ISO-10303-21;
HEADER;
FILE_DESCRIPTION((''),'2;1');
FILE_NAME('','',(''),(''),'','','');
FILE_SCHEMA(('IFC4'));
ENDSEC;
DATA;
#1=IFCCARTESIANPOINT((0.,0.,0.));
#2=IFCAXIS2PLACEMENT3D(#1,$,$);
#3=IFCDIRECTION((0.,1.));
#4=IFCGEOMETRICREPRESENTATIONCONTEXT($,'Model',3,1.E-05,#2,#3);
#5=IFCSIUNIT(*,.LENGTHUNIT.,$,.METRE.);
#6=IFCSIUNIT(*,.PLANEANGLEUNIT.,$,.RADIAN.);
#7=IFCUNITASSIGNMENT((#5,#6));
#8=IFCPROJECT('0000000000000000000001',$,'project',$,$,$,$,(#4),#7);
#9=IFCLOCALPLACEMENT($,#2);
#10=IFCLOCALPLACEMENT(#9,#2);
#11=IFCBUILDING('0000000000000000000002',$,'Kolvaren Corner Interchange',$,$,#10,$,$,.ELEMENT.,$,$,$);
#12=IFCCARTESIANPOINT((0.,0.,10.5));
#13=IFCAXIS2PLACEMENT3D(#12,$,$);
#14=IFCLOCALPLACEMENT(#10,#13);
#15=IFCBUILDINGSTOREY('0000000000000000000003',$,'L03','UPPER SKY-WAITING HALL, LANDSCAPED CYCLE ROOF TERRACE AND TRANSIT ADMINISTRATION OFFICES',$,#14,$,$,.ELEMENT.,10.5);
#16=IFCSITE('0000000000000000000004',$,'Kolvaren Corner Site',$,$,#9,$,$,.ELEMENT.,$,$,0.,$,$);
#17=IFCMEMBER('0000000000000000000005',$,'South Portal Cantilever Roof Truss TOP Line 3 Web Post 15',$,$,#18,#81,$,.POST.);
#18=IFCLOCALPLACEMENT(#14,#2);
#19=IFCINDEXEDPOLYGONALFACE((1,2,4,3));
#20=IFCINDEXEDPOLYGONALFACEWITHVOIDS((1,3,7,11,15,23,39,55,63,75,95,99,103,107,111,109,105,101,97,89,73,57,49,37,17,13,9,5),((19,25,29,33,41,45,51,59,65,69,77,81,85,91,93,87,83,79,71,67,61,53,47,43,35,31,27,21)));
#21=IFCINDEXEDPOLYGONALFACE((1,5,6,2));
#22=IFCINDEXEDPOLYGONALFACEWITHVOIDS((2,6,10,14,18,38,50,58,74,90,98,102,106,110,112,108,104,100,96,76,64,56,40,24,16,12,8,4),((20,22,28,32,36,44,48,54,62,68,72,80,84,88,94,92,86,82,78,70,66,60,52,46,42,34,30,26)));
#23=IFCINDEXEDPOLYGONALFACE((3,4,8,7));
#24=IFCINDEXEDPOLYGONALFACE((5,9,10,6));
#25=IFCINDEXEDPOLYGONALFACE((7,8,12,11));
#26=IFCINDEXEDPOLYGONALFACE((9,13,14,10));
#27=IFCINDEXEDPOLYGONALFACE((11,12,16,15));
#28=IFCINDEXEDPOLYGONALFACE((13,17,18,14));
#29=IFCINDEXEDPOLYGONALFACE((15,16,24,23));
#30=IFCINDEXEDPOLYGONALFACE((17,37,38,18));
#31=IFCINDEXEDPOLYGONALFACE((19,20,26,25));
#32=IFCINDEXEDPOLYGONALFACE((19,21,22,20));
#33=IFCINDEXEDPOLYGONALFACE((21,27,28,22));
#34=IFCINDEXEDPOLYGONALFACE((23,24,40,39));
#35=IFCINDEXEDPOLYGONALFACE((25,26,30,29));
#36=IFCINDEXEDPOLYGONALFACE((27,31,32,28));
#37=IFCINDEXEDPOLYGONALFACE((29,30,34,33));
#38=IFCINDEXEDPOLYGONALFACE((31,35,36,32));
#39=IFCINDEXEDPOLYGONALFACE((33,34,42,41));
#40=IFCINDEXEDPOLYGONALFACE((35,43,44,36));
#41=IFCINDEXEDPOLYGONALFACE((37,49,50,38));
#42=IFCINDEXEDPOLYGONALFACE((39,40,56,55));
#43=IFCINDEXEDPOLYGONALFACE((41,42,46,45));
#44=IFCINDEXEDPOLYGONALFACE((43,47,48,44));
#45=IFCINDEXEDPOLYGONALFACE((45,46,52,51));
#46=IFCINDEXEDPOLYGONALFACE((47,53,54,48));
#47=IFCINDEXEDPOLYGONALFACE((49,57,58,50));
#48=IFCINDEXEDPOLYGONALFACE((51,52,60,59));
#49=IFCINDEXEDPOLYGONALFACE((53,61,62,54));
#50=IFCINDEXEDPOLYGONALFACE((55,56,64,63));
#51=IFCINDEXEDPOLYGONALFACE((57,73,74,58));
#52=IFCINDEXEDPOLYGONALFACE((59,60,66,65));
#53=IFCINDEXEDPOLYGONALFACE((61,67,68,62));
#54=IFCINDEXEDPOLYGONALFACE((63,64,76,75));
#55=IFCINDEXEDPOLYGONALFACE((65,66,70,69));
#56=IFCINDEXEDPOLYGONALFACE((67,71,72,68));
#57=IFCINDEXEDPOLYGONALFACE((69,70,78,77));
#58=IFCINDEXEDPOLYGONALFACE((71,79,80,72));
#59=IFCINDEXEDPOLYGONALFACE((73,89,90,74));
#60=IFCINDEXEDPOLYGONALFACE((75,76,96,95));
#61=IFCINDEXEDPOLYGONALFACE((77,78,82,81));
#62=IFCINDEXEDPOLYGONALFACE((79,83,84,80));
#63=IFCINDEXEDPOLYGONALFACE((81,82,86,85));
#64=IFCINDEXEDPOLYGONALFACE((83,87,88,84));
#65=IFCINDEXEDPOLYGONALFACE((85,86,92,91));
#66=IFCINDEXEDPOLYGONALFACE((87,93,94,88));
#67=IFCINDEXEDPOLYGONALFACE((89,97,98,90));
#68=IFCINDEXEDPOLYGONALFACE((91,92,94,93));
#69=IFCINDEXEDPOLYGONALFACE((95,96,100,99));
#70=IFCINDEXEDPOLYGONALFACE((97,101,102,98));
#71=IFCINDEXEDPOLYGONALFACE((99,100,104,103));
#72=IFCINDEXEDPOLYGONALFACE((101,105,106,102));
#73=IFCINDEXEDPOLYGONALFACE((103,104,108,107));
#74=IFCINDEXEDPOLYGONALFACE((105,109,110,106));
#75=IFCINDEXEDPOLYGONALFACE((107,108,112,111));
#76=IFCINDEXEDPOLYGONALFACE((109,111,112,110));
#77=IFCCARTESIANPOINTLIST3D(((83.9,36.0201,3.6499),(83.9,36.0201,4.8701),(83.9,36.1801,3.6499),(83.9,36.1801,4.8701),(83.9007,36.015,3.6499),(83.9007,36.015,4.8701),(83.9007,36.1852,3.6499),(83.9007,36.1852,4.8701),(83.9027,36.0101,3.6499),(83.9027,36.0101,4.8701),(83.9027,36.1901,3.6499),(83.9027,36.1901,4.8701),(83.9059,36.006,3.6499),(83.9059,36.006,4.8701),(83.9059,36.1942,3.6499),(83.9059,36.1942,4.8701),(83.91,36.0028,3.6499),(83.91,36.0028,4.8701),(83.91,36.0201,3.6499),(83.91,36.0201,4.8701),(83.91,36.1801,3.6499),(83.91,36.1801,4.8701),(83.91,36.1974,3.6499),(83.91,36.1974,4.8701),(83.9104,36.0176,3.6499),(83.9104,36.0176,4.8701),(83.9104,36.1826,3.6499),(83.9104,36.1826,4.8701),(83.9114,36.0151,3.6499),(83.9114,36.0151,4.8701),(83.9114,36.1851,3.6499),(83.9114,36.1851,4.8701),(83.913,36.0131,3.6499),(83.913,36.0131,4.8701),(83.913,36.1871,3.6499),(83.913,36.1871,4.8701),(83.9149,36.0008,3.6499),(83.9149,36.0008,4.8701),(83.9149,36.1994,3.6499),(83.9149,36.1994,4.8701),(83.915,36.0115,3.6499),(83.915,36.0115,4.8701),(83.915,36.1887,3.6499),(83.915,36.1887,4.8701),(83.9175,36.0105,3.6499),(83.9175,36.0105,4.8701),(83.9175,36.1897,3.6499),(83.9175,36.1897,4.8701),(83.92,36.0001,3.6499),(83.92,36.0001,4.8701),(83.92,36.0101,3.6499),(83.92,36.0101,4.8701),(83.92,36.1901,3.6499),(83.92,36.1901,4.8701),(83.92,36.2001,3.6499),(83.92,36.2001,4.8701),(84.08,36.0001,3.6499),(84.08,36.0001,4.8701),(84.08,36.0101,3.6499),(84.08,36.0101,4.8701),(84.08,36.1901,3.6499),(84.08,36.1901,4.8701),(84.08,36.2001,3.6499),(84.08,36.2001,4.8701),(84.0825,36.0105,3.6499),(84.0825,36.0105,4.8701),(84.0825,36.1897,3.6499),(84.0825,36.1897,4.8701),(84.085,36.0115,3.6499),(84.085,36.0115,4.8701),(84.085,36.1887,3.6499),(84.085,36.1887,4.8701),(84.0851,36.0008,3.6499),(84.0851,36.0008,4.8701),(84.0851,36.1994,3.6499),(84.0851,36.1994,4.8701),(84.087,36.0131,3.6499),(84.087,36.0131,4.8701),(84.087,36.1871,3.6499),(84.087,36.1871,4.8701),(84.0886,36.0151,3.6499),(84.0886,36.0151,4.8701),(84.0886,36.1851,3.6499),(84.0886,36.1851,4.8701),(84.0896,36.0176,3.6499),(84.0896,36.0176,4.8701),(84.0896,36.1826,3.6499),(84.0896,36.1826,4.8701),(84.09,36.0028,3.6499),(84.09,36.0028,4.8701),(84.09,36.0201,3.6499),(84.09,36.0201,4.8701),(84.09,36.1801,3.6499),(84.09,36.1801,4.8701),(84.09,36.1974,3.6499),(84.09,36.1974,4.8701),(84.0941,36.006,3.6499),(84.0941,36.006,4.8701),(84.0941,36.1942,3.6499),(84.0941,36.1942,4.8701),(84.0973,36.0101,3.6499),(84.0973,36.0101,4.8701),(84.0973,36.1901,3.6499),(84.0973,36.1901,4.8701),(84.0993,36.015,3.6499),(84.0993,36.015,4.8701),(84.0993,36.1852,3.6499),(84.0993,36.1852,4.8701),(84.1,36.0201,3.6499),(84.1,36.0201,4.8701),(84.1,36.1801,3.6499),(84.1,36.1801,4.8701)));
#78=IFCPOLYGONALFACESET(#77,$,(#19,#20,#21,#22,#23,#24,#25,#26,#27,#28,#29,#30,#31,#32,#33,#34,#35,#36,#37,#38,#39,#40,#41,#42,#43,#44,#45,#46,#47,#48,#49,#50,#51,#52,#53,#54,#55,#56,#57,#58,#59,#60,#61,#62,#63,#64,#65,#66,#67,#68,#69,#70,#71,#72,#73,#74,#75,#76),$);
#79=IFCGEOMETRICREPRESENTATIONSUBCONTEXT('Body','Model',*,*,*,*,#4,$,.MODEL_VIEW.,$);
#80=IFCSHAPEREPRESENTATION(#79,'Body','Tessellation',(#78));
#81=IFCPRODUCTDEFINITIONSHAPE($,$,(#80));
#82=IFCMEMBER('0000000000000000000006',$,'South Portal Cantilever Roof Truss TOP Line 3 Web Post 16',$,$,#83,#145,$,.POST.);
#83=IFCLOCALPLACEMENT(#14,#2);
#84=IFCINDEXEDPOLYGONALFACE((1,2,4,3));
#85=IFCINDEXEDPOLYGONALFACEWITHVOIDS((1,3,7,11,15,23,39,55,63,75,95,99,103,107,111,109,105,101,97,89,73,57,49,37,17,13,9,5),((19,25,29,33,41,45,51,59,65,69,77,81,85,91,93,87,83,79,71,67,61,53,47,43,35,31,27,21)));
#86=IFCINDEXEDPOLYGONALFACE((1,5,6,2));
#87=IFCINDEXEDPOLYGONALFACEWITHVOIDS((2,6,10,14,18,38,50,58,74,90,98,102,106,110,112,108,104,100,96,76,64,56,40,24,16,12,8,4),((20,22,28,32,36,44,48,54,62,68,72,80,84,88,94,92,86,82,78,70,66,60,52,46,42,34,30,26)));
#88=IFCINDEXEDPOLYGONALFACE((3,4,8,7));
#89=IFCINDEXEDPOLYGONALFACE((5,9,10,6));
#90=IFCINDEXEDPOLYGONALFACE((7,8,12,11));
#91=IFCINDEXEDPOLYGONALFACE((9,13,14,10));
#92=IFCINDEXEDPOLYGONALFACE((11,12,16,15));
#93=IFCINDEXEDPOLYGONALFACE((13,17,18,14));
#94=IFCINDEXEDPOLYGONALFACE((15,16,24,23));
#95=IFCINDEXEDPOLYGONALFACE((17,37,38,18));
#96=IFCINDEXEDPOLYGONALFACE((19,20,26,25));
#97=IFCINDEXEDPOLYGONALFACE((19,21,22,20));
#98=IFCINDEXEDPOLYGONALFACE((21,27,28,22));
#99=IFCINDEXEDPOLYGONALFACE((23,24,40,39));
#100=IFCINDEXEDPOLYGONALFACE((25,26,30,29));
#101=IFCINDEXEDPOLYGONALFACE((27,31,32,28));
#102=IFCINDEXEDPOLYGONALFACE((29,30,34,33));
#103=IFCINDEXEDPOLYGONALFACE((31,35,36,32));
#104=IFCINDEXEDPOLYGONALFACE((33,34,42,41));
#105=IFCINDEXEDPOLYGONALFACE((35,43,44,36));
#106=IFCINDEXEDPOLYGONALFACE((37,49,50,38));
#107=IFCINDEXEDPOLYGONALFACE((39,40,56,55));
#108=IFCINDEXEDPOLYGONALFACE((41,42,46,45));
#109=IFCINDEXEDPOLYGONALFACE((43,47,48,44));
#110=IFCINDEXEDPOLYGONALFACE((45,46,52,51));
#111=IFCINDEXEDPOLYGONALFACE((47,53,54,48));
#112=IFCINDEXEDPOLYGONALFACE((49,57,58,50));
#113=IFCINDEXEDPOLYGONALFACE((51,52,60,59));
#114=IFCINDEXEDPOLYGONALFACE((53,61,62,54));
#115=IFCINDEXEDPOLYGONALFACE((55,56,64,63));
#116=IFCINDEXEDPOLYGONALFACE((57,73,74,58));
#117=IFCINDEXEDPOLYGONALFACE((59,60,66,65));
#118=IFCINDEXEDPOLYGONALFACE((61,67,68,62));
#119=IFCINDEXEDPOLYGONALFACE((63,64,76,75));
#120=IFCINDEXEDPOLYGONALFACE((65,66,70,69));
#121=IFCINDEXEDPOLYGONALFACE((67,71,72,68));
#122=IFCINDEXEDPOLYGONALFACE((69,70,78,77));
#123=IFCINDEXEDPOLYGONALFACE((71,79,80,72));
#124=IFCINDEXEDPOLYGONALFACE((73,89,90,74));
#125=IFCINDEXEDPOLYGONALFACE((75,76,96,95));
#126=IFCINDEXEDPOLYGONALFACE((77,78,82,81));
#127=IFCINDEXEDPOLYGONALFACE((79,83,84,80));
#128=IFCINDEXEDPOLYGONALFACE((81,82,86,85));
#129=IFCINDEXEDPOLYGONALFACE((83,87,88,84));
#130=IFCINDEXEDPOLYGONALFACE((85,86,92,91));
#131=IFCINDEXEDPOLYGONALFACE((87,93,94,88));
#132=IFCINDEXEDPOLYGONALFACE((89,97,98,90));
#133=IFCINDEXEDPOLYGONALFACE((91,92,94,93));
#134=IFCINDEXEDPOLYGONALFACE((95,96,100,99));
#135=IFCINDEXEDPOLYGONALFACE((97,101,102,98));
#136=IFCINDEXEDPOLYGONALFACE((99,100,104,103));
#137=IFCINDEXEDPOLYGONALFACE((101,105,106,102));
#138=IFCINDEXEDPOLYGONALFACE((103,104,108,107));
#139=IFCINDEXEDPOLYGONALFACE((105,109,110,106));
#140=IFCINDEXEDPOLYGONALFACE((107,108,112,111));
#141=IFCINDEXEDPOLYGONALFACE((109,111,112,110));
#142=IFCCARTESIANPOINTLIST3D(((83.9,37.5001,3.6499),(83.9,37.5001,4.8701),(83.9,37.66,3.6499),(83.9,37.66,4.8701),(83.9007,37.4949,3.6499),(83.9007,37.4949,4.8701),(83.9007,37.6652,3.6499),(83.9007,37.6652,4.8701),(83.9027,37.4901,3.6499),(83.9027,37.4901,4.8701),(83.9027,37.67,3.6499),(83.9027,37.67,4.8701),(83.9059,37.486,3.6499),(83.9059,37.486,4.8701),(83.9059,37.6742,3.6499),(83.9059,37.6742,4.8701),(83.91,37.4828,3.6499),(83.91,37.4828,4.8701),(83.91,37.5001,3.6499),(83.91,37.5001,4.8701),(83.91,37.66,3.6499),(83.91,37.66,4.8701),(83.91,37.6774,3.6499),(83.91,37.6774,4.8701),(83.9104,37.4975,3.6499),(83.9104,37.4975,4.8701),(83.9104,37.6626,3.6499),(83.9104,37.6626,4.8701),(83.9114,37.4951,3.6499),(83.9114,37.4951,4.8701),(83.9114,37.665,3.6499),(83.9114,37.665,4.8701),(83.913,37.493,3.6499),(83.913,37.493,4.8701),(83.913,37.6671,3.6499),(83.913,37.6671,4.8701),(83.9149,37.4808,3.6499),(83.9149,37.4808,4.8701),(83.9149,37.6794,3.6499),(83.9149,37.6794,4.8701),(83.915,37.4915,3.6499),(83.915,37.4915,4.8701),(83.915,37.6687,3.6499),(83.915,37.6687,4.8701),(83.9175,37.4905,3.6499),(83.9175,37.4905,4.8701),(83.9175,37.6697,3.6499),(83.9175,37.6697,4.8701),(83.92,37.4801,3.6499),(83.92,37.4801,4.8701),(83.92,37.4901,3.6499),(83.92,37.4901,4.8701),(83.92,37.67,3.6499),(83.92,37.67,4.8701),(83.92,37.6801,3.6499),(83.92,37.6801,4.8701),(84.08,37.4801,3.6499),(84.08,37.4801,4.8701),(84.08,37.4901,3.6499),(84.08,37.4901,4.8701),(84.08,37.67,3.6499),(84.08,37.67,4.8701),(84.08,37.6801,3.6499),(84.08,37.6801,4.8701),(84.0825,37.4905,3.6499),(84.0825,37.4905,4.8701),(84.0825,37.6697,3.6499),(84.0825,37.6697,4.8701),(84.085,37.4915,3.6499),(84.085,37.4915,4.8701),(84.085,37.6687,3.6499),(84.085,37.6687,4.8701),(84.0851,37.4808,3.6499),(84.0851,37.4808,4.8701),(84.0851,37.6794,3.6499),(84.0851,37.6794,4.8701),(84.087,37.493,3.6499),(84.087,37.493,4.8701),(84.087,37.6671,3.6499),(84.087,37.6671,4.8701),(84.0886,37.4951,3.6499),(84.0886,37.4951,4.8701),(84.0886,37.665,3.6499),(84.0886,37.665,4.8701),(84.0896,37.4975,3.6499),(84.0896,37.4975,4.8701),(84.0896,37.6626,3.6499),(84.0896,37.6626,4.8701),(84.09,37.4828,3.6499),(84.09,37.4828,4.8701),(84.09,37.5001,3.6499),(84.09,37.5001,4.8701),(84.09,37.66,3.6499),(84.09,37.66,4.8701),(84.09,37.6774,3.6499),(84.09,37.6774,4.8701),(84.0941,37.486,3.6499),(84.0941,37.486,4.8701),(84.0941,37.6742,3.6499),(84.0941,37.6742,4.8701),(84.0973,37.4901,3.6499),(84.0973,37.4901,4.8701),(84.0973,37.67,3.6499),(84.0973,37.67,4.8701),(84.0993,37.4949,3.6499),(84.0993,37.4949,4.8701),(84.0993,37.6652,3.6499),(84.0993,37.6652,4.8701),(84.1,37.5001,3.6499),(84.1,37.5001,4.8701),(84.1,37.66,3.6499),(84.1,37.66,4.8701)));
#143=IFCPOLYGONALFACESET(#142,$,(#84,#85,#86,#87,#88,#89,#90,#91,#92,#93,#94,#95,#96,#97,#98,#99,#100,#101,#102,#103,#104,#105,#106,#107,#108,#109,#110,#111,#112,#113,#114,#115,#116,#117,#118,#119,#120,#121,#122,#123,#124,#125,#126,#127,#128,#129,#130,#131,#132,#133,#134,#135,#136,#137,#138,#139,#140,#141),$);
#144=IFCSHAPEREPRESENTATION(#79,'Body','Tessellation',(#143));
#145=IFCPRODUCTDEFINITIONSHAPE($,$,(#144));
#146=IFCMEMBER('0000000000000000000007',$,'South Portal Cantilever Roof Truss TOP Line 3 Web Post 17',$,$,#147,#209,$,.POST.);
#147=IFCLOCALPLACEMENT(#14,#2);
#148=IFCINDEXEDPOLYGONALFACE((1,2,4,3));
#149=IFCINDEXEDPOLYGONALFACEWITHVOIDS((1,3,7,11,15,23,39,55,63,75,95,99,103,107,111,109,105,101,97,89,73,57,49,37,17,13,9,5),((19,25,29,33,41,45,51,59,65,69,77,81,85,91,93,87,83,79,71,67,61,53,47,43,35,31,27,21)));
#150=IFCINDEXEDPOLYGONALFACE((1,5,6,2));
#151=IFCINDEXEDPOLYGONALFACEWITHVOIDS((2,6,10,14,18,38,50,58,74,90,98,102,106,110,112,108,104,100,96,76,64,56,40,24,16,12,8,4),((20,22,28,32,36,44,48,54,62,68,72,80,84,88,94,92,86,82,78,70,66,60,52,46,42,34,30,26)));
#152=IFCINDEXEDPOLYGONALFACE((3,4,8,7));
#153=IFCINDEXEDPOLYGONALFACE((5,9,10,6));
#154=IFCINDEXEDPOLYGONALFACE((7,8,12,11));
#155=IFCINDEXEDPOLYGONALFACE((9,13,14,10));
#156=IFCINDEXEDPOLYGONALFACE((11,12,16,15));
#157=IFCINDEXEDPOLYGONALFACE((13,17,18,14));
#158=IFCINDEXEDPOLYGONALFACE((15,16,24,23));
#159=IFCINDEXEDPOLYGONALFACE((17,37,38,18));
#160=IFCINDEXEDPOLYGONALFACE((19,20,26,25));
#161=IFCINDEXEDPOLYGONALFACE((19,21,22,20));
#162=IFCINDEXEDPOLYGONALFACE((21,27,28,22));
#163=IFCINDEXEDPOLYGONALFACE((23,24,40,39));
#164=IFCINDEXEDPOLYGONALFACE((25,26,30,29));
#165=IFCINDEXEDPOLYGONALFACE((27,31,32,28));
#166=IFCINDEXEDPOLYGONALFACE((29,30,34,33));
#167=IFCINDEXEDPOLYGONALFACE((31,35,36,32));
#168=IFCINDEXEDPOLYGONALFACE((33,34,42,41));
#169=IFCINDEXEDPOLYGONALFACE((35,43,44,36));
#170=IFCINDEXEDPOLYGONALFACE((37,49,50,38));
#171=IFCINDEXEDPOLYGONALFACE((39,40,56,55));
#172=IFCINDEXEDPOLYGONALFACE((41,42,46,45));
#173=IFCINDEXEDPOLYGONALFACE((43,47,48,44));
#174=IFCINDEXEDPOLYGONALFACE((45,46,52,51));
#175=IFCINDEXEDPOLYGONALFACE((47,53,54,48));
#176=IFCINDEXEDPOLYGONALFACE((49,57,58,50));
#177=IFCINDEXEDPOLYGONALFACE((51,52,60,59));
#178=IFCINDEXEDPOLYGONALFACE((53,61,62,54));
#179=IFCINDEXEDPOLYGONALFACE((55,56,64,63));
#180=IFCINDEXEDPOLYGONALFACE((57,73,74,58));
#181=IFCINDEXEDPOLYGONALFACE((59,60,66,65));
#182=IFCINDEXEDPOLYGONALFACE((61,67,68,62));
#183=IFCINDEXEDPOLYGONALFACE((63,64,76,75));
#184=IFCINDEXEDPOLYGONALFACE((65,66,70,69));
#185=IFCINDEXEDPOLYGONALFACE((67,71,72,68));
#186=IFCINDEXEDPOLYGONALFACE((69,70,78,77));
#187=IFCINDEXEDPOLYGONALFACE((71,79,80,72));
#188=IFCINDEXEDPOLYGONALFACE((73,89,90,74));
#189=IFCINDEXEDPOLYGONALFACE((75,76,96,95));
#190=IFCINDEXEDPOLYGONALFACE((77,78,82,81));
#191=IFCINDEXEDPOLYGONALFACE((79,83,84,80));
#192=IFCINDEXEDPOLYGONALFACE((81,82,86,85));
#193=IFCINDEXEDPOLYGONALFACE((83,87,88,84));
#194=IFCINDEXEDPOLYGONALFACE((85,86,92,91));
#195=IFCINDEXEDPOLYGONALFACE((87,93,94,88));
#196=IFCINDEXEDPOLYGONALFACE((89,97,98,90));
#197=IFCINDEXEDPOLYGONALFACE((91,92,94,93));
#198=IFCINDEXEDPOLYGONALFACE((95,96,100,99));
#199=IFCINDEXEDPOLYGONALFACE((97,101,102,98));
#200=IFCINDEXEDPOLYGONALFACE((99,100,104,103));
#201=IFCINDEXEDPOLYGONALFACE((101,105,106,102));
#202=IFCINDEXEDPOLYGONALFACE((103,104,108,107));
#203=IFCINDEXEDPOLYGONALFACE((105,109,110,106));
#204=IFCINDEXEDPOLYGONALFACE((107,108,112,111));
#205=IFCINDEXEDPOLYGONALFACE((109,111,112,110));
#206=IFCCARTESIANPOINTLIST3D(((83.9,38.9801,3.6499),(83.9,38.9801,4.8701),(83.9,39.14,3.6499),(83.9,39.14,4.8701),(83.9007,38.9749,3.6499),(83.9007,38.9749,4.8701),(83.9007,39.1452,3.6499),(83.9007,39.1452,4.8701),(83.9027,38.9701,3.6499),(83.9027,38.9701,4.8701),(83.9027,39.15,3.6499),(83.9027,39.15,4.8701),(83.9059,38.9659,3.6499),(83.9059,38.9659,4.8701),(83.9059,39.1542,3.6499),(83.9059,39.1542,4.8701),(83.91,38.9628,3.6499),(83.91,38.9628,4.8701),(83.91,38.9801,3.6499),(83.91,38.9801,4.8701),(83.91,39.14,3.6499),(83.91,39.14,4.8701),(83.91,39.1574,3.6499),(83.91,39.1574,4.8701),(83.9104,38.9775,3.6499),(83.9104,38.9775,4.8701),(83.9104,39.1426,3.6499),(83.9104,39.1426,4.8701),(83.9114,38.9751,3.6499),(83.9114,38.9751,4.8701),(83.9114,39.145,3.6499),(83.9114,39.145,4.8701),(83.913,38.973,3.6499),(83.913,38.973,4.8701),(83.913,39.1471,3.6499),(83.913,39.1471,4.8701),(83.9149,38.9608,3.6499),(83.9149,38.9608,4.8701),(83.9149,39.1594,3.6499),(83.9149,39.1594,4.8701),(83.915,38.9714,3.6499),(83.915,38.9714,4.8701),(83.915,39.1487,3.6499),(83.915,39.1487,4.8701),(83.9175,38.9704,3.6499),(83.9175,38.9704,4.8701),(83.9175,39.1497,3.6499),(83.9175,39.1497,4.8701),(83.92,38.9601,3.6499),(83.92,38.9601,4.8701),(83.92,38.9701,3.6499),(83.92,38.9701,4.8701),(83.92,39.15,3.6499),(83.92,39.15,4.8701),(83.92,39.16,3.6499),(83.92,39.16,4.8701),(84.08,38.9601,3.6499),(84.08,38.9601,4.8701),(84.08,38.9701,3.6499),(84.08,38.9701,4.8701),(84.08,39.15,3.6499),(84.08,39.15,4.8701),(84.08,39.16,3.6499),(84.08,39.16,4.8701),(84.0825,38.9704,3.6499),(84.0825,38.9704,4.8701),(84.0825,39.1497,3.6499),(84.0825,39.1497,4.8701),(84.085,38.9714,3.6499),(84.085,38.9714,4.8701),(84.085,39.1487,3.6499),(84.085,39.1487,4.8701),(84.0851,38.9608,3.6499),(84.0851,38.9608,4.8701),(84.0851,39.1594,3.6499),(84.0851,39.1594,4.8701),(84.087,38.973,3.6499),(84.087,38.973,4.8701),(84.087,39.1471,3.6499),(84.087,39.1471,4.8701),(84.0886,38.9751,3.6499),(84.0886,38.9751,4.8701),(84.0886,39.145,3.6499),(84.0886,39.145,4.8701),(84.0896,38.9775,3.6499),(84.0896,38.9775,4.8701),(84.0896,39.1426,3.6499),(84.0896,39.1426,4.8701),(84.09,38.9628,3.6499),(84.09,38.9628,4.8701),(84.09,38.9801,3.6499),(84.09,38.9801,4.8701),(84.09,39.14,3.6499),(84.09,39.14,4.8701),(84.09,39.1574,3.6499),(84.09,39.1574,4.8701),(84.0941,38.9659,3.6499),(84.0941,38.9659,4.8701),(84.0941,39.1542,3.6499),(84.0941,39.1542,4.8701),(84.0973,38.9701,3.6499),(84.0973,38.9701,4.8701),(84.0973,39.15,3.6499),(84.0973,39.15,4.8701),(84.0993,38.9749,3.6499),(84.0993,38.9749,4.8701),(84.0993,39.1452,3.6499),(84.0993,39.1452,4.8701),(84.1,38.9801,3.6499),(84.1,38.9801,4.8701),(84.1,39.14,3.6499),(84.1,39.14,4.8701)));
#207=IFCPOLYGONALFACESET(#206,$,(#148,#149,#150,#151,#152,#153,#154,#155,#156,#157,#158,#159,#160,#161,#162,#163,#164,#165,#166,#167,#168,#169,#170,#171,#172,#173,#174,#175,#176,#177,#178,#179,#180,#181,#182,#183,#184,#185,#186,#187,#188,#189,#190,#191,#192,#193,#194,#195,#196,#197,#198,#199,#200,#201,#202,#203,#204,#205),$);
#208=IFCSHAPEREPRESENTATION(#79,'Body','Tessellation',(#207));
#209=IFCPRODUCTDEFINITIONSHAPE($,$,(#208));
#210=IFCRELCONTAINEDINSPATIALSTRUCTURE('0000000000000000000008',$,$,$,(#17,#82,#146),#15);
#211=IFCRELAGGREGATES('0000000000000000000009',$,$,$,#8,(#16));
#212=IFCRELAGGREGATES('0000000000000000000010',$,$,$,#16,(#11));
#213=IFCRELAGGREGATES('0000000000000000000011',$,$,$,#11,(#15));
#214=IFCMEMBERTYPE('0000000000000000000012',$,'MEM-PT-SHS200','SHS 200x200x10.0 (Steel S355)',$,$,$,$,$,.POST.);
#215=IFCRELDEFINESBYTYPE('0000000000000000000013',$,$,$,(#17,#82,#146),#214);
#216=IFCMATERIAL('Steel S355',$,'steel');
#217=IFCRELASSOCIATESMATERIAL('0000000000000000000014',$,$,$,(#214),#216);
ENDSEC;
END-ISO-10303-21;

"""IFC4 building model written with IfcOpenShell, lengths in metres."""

from ifc_helpers import new_model, si_unit, direction, frame, origin, origin_2d, place, context, subcontext, project, spatial, hollow_rectangle, extrude, material, material_profile, profile_set, type_object, element, save


model = new_model("IFC4")

# Units and contexts
model_context = context("Model", 3, precision=1e-05, world=origin(), true_north=direction((0.0, 1.0)))
body_context = subcontext(model_context, "Body", "Model", "MODEL_VIEW")
ifc_project = project(units=[si_unit("LENGTHUNIT", "METRE"), si_unit("PLANEANGLEUNIT", "RADIAN")], contexts=[model_context])

# Site, building, storey
site_placement = place(None, origin())
site = spatial("IfcSite", under=ifc_project, at=site_placement, Name="Kolvaren Corner Site", CompositionType="ELEMENT", RefElevation=0.0)
building_placement = place(site_placement, origin())
building = spatial("IfcBuilding", under=site, at=building_placement, Name="Kolvaren Corner Interchange", CompositionType="ELEMENT")
storey_placement = place(building_placement, frame((0.0, 0.0, 10.5)))
storey = spatial("IfcBuildingStorey", under=building, at=storey_placement, Name="L03", Description="UPPER SKY-WAITING HALL, LANDSCAPED CYCLE ROOF TERRACE AND TRANSIT ADMINISTRATION OFFICES", CompositionType="ELEMENT", Elevation=10.5)

# Members
ifc_material_1 = material(Name="Steel S355", Category="steel")
ifc_material_profile_1 = material_profile(ifc_material_1, hollow_rectangle(XDim=0.2, YDim=0.2, WallThickness=0.01, InnerFilletRadius=0.01, OuterFilletRadius=0.02, at=origin_2d()), Name="SHS 200x200x10.0")
ifc_profile_set_1 = profile_set([ifc_material_profile_1], Name="Steel S355")
member_type_1 = type_object("IfcMemberType", Name="MEM-PT-SHS200", Description="SHS 200x200x10.0 (Steel S355)", PredefinedType="POST", material=ifc_profile_set_1)
for number, where, z_axis, x_axis, name in (
    (1, (84.0, 36.1001, 3.6499), (0.0, 0.0, 1.0), (1.0, 0.0, 0.0), "South Portal Cantilever Roof Truss TOP Line 3 Web Post 15"),
    (2, (84.0, 37.5801, 3.6499), (0.0, 0.0, 1.0), (1.0, 0.0, 0.0), "South Portal Cantilever Roof Truss TOP Line 3 Web Post 16"),
    (3, (84.0, 39.0601, 3.6499), (0.0, 0.0, 1.0), (1.0, 0.0, 0.0), "South Portal Cantilever Roof Truss TOP Line 3 Web Post 17"),
):
    element("IfcMember", number, at=place(storey_placement, frame(where, z_axis=z_axis, x_axis=x_axis)), inside=storey, type_object=member_type_1, Name=name, PredefinedType="POST", context=body_context, shape_type="SweptSolid", body=[
        extrude(hollow_rectangle(XDim=0.2, YDim=0.2, WallThickness=0.01, InnerFilletRadius=0.01, OuterFilletRadius=0.02, at=origin_2d()), origin(), (0.0, 0.0, 1.0), 1.2202),
    ])

save(model, "model.ifc")
